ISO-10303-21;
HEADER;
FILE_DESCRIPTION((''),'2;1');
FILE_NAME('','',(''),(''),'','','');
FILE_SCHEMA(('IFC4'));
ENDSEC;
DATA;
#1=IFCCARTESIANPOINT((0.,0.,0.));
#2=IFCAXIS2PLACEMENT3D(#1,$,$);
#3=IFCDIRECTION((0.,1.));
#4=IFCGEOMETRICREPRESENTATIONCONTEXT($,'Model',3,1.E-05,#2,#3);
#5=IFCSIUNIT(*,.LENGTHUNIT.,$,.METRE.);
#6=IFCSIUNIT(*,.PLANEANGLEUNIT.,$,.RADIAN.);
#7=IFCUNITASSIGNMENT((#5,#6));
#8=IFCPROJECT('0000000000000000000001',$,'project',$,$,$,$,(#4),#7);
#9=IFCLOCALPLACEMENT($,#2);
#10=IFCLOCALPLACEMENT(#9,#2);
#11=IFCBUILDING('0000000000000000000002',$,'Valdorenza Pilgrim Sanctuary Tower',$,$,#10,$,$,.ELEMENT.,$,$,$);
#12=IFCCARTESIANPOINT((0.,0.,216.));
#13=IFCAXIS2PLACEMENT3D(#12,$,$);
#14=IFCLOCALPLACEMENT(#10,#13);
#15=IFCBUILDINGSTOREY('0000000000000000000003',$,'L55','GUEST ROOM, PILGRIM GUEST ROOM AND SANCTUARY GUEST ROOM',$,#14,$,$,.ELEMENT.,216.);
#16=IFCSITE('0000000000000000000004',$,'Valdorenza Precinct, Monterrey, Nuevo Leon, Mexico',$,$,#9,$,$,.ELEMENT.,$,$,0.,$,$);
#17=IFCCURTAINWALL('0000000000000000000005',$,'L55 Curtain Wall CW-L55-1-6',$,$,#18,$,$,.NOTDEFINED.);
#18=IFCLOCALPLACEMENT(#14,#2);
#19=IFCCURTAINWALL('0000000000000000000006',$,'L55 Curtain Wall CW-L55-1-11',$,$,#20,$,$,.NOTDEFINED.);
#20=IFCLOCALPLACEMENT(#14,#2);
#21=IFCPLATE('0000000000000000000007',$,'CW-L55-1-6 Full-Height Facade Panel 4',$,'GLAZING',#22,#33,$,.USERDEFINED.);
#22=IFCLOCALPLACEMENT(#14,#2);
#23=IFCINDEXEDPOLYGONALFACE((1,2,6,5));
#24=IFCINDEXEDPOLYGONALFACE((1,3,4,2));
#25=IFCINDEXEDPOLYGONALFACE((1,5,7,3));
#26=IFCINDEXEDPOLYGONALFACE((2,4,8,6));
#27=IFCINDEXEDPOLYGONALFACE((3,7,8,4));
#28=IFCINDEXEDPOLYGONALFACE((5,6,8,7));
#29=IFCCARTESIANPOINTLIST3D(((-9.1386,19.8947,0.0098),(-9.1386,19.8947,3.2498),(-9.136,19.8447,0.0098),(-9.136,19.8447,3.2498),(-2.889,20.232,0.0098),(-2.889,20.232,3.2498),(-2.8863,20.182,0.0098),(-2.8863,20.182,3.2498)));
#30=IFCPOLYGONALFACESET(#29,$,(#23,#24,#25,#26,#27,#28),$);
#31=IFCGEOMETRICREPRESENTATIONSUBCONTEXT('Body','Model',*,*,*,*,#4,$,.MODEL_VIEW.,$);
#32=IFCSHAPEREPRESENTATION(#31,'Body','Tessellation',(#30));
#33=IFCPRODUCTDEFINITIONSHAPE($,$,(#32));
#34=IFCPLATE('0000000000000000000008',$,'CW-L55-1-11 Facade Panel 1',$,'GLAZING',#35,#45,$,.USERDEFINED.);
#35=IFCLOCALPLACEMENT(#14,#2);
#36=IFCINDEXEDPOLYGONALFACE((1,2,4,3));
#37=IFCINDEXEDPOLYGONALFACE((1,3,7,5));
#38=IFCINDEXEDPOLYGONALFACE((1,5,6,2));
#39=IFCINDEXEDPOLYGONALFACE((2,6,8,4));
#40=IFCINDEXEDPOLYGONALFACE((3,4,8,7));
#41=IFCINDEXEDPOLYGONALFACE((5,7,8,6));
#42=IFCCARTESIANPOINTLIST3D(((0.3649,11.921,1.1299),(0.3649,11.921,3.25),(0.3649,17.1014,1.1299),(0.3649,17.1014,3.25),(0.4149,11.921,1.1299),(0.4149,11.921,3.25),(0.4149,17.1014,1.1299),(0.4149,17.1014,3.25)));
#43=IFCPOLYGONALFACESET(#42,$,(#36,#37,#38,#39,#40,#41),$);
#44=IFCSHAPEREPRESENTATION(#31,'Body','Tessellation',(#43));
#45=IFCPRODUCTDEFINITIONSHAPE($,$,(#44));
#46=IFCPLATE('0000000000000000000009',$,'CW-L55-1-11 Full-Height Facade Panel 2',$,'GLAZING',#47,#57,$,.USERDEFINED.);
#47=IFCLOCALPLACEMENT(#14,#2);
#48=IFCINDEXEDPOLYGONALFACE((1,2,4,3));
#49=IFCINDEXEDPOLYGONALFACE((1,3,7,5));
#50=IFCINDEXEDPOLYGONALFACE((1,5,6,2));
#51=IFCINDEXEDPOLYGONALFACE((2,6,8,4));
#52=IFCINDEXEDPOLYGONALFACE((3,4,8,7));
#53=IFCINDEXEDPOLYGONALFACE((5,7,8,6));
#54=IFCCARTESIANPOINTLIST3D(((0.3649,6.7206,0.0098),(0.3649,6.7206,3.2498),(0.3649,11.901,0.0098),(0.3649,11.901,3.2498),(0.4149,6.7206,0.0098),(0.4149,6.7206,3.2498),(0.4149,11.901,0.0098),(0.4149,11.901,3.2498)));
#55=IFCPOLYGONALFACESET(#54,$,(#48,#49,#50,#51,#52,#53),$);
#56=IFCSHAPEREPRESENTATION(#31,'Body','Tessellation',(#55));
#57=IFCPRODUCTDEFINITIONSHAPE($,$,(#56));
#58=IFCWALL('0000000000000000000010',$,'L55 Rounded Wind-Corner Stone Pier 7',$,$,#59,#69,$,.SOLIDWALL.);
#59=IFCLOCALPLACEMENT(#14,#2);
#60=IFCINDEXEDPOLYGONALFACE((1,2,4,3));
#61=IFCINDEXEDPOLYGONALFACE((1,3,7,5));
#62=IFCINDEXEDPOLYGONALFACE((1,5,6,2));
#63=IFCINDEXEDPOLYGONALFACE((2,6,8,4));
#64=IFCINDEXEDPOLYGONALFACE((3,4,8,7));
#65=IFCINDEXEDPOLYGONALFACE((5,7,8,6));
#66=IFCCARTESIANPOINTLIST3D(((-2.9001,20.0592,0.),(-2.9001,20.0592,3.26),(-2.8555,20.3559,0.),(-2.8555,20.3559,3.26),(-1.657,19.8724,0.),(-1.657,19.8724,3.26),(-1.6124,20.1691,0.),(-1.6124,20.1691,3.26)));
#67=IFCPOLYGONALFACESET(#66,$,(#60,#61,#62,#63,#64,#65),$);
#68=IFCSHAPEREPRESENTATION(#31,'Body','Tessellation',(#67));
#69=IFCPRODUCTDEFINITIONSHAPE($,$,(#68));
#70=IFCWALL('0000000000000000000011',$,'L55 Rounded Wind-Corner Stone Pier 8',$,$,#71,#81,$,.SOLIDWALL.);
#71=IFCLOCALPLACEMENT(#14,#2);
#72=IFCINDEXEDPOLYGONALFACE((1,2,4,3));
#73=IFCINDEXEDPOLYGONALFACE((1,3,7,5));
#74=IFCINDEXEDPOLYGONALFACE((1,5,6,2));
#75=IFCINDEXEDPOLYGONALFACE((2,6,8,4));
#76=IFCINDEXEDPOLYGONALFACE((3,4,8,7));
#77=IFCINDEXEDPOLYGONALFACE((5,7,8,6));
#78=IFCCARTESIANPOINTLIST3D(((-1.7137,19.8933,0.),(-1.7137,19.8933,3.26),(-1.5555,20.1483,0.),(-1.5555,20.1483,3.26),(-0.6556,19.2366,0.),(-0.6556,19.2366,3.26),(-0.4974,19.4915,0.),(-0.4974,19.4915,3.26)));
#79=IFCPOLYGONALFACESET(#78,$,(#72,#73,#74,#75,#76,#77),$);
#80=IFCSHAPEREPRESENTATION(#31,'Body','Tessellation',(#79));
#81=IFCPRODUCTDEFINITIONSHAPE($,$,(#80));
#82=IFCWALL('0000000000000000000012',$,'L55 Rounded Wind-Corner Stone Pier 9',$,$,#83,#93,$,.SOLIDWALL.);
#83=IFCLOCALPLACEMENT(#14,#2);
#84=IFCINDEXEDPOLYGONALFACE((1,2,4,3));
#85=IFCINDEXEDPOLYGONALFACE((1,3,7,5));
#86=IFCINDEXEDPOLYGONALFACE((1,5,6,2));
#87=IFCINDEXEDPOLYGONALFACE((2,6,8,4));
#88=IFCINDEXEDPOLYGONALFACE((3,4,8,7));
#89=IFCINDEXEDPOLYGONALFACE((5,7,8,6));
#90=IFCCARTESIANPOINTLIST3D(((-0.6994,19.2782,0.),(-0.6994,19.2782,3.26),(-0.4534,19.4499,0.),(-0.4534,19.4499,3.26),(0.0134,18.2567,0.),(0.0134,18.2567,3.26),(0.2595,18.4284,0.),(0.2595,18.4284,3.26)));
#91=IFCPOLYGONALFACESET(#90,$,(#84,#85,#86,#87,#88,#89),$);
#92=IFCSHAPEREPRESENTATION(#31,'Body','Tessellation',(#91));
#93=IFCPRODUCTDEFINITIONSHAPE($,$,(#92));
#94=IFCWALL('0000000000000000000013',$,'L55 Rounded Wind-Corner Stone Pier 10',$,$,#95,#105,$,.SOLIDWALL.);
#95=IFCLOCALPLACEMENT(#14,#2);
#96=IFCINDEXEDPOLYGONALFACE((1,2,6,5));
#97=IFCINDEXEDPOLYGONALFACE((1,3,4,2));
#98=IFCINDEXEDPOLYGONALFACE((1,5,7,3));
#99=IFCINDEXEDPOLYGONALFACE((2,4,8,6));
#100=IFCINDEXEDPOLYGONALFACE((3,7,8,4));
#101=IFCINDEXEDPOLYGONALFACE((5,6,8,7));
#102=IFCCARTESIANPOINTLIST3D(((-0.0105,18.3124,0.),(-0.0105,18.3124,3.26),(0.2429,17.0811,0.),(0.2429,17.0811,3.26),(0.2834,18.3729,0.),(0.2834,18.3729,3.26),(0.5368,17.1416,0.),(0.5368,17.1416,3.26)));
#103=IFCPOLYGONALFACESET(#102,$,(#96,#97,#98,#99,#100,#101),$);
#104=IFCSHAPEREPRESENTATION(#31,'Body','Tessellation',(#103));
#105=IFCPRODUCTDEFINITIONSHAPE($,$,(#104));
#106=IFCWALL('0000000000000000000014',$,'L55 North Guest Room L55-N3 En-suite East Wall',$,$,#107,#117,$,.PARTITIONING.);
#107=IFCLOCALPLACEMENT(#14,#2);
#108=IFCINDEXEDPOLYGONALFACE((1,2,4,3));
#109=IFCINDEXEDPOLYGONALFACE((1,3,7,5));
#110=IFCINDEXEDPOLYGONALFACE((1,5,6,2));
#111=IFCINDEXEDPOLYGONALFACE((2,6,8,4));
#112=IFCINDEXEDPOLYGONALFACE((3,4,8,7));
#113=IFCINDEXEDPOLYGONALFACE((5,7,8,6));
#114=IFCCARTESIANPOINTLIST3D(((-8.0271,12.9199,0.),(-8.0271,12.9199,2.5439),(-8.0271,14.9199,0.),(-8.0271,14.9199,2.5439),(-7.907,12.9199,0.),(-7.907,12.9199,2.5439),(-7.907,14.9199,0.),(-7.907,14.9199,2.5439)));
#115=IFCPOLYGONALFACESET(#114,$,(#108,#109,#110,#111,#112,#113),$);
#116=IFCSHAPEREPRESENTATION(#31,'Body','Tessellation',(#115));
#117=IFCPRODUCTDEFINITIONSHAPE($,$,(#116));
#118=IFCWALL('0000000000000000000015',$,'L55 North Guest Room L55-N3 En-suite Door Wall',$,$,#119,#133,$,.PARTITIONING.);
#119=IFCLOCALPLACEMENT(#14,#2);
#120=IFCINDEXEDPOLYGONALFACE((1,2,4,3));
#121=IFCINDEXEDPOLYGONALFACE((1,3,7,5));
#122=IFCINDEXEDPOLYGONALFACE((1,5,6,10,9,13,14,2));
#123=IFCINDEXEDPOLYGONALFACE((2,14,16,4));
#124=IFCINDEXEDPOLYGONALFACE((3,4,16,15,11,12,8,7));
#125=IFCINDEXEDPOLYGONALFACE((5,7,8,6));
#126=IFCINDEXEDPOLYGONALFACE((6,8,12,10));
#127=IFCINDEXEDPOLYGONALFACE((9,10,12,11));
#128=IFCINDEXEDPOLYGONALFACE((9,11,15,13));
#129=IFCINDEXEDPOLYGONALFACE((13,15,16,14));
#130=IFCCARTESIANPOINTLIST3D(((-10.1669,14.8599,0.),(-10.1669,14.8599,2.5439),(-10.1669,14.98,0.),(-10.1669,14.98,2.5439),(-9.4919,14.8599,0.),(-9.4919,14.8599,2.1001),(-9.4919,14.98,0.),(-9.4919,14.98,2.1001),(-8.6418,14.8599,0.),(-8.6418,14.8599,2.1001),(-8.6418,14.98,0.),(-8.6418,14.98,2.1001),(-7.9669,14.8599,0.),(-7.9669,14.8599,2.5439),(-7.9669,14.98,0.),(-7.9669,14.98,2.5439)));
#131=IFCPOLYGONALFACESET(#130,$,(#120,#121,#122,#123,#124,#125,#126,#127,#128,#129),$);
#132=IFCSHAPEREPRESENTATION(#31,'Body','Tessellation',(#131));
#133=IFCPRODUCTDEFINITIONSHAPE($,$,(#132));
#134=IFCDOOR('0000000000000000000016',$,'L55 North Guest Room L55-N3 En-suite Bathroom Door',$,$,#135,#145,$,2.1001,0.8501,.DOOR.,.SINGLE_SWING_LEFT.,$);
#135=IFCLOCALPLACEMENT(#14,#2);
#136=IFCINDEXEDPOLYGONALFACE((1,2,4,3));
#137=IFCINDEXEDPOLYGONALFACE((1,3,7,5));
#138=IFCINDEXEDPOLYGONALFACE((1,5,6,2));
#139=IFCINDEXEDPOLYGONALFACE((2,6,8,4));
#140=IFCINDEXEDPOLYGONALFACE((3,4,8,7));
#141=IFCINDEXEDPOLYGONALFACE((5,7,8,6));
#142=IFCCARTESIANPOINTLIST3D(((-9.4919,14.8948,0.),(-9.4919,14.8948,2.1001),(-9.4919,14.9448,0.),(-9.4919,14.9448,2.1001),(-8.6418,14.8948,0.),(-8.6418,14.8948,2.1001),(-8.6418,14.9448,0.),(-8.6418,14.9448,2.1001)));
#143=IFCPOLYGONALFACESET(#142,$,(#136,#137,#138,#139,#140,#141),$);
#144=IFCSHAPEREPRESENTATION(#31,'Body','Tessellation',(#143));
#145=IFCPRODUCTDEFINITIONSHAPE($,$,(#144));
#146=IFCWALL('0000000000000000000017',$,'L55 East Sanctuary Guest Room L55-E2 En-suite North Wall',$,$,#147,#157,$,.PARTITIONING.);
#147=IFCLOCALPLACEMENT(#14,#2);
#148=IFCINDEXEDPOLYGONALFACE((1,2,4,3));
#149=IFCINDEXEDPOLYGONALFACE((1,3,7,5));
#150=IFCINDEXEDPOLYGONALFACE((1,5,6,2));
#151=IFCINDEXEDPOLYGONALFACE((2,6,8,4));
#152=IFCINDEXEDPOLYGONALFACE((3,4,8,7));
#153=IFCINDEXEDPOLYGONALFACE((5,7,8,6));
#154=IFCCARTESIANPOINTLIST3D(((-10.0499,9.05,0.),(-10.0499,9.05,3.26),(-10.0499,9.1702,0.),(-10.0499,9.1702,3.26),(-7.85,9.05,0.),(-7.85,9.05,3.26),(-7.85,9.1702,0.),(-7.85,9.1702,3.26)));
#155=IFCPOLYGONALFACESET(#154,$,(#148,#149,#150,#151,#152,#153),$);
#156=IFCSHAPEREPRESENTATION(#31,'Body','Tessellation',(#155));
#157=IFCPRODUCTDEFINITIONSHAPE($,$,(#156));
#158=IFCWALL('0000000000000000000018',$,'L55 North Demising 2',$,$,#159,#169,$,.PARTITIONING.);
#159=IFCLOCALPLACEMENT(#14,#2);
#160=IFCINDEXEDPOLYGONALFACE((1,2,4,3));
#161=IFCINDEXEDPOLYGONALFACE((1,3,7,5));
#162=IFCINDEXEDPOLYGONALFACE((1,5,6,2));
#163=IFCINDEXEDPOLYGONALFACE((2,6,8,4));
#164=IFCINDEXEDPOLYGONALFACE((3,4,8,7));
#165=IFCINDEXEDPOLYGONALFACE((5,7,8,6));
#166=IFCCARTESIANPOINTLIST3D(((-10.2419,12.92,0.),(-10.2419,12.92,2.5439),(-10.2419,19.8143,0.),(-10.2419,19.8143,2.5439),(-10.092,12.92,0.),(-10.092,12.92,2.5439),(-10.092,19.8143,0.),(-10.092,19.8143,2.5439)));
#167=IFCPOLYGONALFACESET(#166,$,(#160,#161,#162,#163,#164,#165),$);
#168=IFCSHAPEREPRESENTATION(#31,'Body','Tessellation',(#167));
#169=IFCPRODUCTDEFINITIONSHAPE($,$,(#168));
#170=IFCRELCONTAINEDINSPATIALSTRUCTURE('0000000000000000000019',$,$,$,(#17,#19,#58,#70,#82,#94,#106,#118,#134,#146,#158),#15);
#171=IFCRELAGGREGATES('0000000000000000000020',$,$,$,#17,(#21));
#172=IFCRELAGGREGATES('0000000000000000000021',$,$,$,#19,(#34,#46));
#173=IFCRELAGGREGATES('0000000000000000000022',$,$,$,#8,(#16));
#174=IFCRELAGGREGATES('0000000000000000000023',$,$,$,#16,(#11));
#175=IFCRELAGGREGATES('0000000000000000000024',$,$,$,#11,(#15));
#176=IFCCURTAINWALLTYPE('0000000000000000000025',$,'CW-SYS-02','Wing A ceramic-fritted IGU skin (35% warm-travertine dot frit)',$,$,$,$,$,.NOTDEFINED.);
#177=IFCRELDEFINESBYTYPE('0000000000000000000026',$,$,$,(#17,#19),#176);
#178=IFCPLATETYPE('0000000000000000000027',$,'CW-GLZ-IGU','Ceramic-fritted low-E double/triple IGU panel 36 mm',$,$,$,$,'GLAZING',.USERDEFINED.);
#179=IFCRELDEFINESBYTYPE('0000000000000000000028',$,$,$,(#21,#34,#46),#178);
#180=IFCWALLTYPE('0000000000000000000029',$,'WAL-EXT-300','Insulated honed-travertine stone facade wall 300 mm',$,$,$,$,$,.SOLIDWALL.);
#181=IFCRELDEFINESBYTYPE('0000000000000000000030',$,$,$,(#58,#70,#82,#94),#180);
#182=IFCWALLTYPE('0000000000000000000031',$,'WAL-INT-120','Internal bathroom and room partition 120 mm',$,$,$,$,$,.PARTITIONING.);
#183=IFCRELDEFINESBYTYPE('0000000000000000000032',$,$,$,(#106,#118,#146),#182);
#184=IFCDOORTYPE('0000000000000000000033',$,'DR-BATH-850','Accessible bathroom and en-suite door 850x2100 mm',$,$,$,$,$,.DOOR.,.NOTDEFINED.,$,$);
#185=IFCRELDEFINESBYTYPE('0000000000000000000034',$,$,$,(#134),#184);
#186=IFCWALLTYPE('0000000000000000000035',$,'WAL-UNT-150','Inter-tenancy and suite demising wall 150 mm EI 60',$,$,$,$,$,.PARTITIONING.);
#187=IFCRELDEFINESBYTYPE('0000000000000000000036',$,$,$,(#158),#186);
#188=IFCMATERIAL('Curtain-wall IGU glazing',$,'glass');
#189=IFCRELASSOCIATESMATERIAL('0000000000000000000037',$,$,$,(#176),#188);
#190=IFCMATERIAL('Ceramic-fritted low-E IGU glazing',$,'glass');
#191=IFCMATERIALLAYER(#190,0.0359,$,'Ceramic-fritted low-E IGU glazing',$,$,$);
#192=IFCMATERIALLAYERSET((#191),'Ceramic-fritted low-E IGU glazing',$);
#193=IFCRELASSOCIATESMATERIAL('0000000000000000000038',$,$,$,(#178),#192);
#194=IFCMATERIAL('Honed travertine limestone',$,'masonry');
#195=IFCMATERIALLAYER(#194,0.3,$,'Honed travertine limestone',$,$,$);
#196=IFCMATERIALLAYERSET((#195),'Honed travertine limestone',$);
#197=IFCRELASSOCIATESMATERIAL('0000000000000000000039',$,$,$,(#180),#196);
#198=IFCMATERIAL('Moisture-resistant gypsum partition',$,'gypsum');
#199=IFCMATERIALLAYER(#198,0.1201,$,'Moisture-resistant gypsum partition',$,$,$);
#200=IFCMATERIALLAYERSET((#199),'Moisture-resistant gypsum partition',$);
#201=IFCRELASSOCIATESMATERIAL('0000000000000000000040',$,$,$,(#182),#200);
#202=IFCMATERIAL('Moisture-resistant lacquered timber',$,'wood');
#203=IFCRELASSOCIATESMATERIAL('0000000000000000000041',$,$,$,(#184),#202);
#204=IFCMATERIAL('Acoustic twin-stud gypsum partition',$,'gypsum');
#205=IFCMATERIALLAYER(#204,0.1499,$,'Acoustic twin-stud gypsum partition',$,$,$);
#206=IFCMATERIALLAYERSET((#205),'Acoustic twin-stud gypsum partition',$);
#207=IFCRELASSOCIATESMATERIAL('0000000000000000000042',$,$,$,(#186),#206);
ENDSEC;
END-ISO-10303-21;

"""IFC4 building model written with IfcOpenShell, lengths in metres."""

from ifc_helpers import new_model, si_unit, direction, frame, frame_2d, origin, origin_2d, place, context, subcontext, project, spatial, rectangle, extrude, source, transform, mapped, material, layer, layer_set, type_object, element, fill, aggregate, save


model = new_model("IFC4")

# Units and contexts
model_context = context("Model", 3, precision=1e-05, world=origin(), true_north=direction((0.0, 1.0)))
body_context = subcontext(model_context, "Body", "Model", "MODEL_VIEW")
ifc_project = project(units=[si_unit("LENGTHUNIT", "METRE"), si_unit("PLANEANGLEUNIT", "RADIAN")], contexts=[model_context])

# Site, building, storey
site_placement = place(None, origin())
site = spatial("IfcSite", under=ifc_project, at=site_placement, Name="Valdorenza Precinct, Monterrey, Nuevo Leon, Mexico", CompositionType="ELEMENT", RefElevation=0.0)
building_placement = place(site_placement, origin())
building = spatial("IfcBuilding", under=site, at=building_placement, Name="Valdorenza Pilgrim Sanctuary Tower", CompositionType="ELEMENT")
storey_placement = place(building_placement, frame((0.0, 0.0, 216.0)))
storey = spatial("IfcBuildingStorey", under=building, at=storey_placement, Name="L55", Description="GUEST ROOM, PILGRIM GUEST ROOM AND SANCTUARY GUEST ROOM", CompositionType="ELEMENT", Elevation=216.0)

# Curtain wall
ifc_material_1 = material(Name="Curtain-wall IGU glazing", Category="glass")
curtain_wall_type = type_object("IfcCurtainWallType", Name="CW-SYS-02", Description="Wing A ceramic-fritted IGU skin (35% warm-travertine dot frit)", PredefinedType="NOTDEFINED", material=ifc_material_1)
curtain_wall_1_placement = place(storey_placement, origin())
curtain_wall_1 = element("IfcCurtainWall", 1, at=curtain_wall_1_placement, inside=storey, type_object=curtain_wall_type, Name="L55 Curtain Wall CW-L55-1-6", PredefinedType="NOTDEFINED")

# Curtain wall
curtain_wall_2_placement = place(storey_placement, origin())
curtain_wall_2 = element("IfcCurtainWall", 2, at=curtain_wall_2_placement, inside=storey, type_object=curtain_wall_type, Name="L55 Curtain Wall CW-L55-1-11", PredefinedType="NOTDEFINED")
ifc_material_2 = material(Name="Honed travertine limestone", Category="masonry")

# Plates
ifc_material_3 = material(Name="Ceramic-fritted low-E IGU glazing", Category="glass")
ifc_layer_1 = layer(ifc_material_3, 0.0359, Name="Ceramic-fritted low-E IGU glazing")
ifc_layer_set_1 = layer_set([ifc_layer_1], Name="Ceramic-fritted low-E IGU glazing")
plate_type_1 = type_object("IfcPlateType", Name="CW-GLZ-IGU", Description="Ceramic-fritted low-E double/triple IGU panel 36 mm", ElementType="GLAZING", PredefinedType="USERDEFINED", material=ifc_layer_set_1)
shared_shape_1 = source(origin(), body_context, "Body", "SweptSolid", [
    extrude(rectangle(XDim=6.2588, YDim=0.05, at=origin_2d()), origin(), (0.0, 0.0, 1.0), 3.24),
])
plate_1_placement = place(storey_placement, frame((-6.0125, 20.0383, 0.0098), z_axis=(0.0, 0.0, 1.0), x_axis=(0.998547, 0.053887, 0.0)))
plate_1 = element("IfcPlate", 3, at=plate_1_placement, type_object=plate_type_1, Name="CW-L55-1-6 Full-Height Facade Panel 4", ObjectType="GLAZING", PredefinedType="USERDEFINED", context=body_context, shape_type="MappedRepresentation", body=[
    mapped(shared_shape_1, transform((0.0, 0.0, 0.0), x_axis=(1.0, 0.0, 0.0), y_axis=(0.0, 1.0, 0.0), z_axis=(0.0, 0.0, 1.0), scale=1.0)),
])
aggregate(curtain_wall_1, [plate_1])
shared_shape_2 = source(origin(), body_context, "Body", "SweptSolid", [
    extrude(rectangle(XDim=5.1804, YDim=0.05, at=origin_2d()), origin(), (0.0, 0.0, 1.0), 2.1201),
])
plate_2_placement = place(storey_placement, frame((0.3899, 14.5112, 1.1299), z_axis=(0.0, 0.0, 1.0), x_axis=(0.0, -1.0, 0.0)))
plate_2 = element("IfcPlate", 4, at=plate_2_placement, type_object=plate_type_1, Name="CW-L55-1-11 Facade Panel 1", ObjectType="GLAZING", PredefinedType="USERDEFINED", context=body_context, shape_type="MappedRepresentation", body=[
    mapped(shared_shape_2, transform((0.0, 0.0, 0.0), x_axis=(1.0, 0.0, 0.0), y_axis=(0.0, 1.0, 0.0), z_axis=(0.0, 0.0, 1.0), scale=1.0)),
])
shared_shape_3 = source(origin(), body_context, "Body", "SweptSolid", [
    extrude(rectangle(XDim=5.1804, YDim=0.05, at=origin_2d()), origin(), (0.0, 0.0, 1.0), 3.24),
])
plate_3_placement = place(storey_placement, frame((0.3899, 9.3108, 0.0098), z_axis=(0.0, 0.0, 1.0), x_axis=(0.0, -1.0, 0.0)))
plate_3 = element("IfcPlate", 5, at=plate_3_placement, type_object=plate_type_1, Name="CW-L55-1-11 Full-Height Facade Panel 2", ObjectType="GLAZING", PredefinedType="USERDEFINED", context=body_context, shape_type="MappedRepresentation", body=[
    mapped(shared_shape_3, transform((0.0, 0.0, 0.0), x_axis=(1.0, 0.0, 0.0), y_axis=(0.0, 1.0, 0.0), z_axis=(0.0, 0.0, 1.0), scale=1.0)),
])
aggregate(curtain_wall_2, [plate_2, plate_3])

# Walls
ifc_layer_2 = layer(ifc_material_2, 0.3, Name="Honed travertine limestone")
ifc_layer_set_2 = layer_set([ifc_layer_2], Name="Honed travertine limestone")
wall_type_1 = type_object("IfcWallType", Name="WAL-EXT-300", Description="Insulated honed-travertine stone facade wall 300 mm", PredefinedType="SOLIDWALL", material=ifc_layer_set_2)
wall_1_placement = place(storey_placement, frame((-2.8777, 20.2075, 0.0), z_axis=(0.0, 0.0, 1.0), x_axis=(0.988902, -0.148568, 0.0)))
element("IfcWall", 6, at=wall_1_placement, inside=storey, type_object=wall_type_1, Name="L55 Rounded Wind-Corner Stone Pier 7", PredefinedType="SOLIDWALL", context=body_context, shape_type="SweptSolid", body=[
    extrude(rectangle(XDim=1.2571, YDim=0.3, at=frame_2d((0.6284, 0.0))), origin(), (0.0, 0.0, 1.0), 3.26),
])
wall_2_placement = place(storey_placement, frame((-1.6345, 20.0208, 0.0), z_axis=(0.0, 0.0, 1.0), x_axis=(0.849646, -0.527353, 0.0)))
element("IfcWall", 7, at=wall_2_placement, inside=storey, type_object=wall_type_1, Name="L55 Rounded Wind-Corner Stone Pier 8", PredefinedType="SOLIDWALL", context=body_context, shape_type="SweptSolid", body=[
    extrude(rectangle(XDim=1.2454, YDim=0.3, at=frame_2d((0.6226, 0.0))), origin(), (0.0, 0.0, 1.0), 3.26),
])
wall_3_placement = place(storey_placement, frame((-0.5764, 19.364, 0.0), z_axis=(0.0, 0.0, 1.0), x_axis=(0.572304, -0.820041, 0.0)))
element("IfcWall", 8, at=wall_3_placement, inside=storey, type_object=wall_type_1, Name="L55 Rounded Wind-Corner Stone Pier 9", PredefinedType="SOLIDWALL", context=body_context, shape_type="SweptSolid", body=[
    extrude(rectangle(XDim=1.2456, YDim=0.3, at=frame_2d((0.6228, 0.0))), origin(), (0.0, 0.0, 1.0), 3.26),
])
wall_4_placement = place(storey_placement, frame((0.1365, 18.3425, 0.0), z_axis=(0.0, 0.0, 1.0), x_axis=(0.201604, -0.979467, 0.0)))
element("IfcWall", 9, at=wall_4_placement, inside=storey, type_object=wall_type_1, Name="L55 Rounded Wind-Corner Stone Pier 10", PredefinedType="SOLIDWALL", context=body_context, shape_type="SweptSolid", body=[
    extrude(rectangle(XDim=1.2571, YDim=0.3, at=frame_2d((0.6284, 0.0))), origin(), (0.0, 0.0, 1.0), 3.26),
])
ifc_material_4 = material(Name="Moisture-resistant gypsum partition", Category="gypsum")
ifc_layer_3 = layer(ifc_material_4, 0.1201, Name="Moisture-resistant gypsum partition")
ifc_layer_set_3 = layer_set([ifc_layer_3], Name="Moisture-resistant gypsum partition")
wall_type_2 = type_object("IfcWallType", Name="WAL-INT-120", Description="Internal bathroom and room partition 120 mm", PredefinedType="PARTITIONING", material=ifc_layer_set_3)
wall_5_placement = place(storey_placement, frame((-7.967, 12.9199, 0.0), z_axis=(0.0, 0.0, 1.0), x_axis=(0.0, 1.0, 0.0)))
element("IfcWall", 10, at=wall_5_placement, inside=storey, type_object=wall_type_2, Name="L55 North Guest Room L55-N3 En-suite East Wall", PredefinedType="PARTITIONING", context=body_context, shape_type="SweptSolid", body=[
    extrude(rectangle(XDim=2.0, YDim=0.1201, at=frame_2d((1.0, 0.0))), origin(), (0.0, 0.0, 1.0), 2.5439),
])

# Wall, opening, door
wall_6_placement = place(storey_placement, frame((-10.167, 14.9199, 0.0), z_axis=(0.0, 0.0, 1.0), x_axis=(1.0, 0.0, 0.0)))
wall_6 = element("IfcWall", 11, at=wall_6_placement, inside=storey, type_object=wall_type_2, Name="L55 North Guest Room L55-N3 En-suite Door Wall", PredefinedType="PARTITIONING", context=body_context, shape_type="SweptSolid", body=[
    extrude(rectangle(XDim=2.2, YDim=0.1201, at=frame_2d((1.1001, 0.0))), origin(), (0.0, 0.0, 1.0), 2.5439),
])
opening_placement = place(wall_6_placement, frame((0.675, 0.0, 0.0)))
opening = element("IfcOpeningElement", 12, at=opening_placement, cuts=wall_6, PredefinedType="OPENING", context=body_context, shape_type="SweptSolid", body=[
    extrude(rectangle(XDim=0.8501, YDim=2.1001, at=frame_2d((0.425, 1.05))), frame((0.0, 0.075, 0.0), z_axis=(0.0, -1.0, 0.0), x_axis=(1.0, 0.0, 0.0)), (0.0, 0.0, 1.0), 0.1499),
])
ifc_material_5 = material(Name="Moisture-resistant lacquered timber", Category="wood")
door_type = type_object("IfcDoorType", Name="DR-BATH-850", Description="Accessible bathroom and en-suite door 850x2100 mm", OperationType="NOTDEFINED", PredefinedType="DOOR", material=ifc_material_5)
door_placement = place(opening_placement, origin())
door = element("IfcDoor", 13, at=door_placement, inside=storey, type_object=door_type, Name="L55 North Guest Room L55-N3 En-suite Bathroom Door", OperationType="SINGLE_SWING_LEFT", OverallHeight=2.1001, OverallWidth=0.8501, PredefinedType="DOOR", context=body_context, shape_type="SweptSolid", body=[
    extrude(rectangle(XDim=0.8501, YDim=2.1001, at=frame_2d((0.425, 1.05))), frame((0.0, 0.0249, 0.0), z_axis=(0.0, -1.0, 0.0), x_axis=(1.0, 0.0, 0.0)), (0.0, 0.0, 1.0), 0.05),
])
fill(opening, door)

# Walls
wall_7_placement = place(storey_placement, frame((-10.05, 9.1101, 0.0), z_axis=(0.0, 0.0, 1.0), x_axis=(1.0, 0.0, 0.0)))
element("IfcWall", 14, at=wall_7_placement, inside=storey, type_object=wall_type_2, Name="L55 East Sanctuary Guest Room L55-E2 En-suite North Wall", PredefinedType="PARTITIONING", context=body_context, shape_type="SweptSolid", body=[
    extrude(rectangle(XDim=2.2, YDim=0.1201, at=frame_2d((1.1001, 0.0))), origin(), (0.0, 0.0, 1.0), 3.26),
])
ifc_material_6 = material(Name="Acoustic twin-stud gypsum partition", Category="gypsum")
ifc_layer_4 = layer(ifc_material_6, 0.1499, Name="Acoustic twin-stud gypsum partition")
ifc_layer_set_4 = layer_set([ifc_layer_4], Name="Acoustic twin-stud gypsum partition")
wall_type_3 = type_object("IfcWallType", Name="WAL-UNT-150", Description="Inter-tenancy and suite demising wall 150 mm EI 60", PredefinedType="PARTITIONING", material=ifc_layer_set_4)
wall_8_placement = place(storey_placement, frame((-10.167, 12.9199, 0.0), z_axis=(0.0, 0.0, 1.0), x_axis=(0.0, 1.0, 0.0)))
element("IfcWall", 15, at=wall_8_placement, inside=storey, type_object=wall_type_3, Name="L55 North Demising 2", PredefinedType="PARTITIONING", context=body_context, shape_type="SweptSolid", body=[
    extrude(rectangle(XDim=6.8943, YDim=0.1499, at=frame_2d((3.4473, 0.0))), origin(), (0.0, 0.0, 1.0), 2.5439),
])

save(model, "model.ifc")
